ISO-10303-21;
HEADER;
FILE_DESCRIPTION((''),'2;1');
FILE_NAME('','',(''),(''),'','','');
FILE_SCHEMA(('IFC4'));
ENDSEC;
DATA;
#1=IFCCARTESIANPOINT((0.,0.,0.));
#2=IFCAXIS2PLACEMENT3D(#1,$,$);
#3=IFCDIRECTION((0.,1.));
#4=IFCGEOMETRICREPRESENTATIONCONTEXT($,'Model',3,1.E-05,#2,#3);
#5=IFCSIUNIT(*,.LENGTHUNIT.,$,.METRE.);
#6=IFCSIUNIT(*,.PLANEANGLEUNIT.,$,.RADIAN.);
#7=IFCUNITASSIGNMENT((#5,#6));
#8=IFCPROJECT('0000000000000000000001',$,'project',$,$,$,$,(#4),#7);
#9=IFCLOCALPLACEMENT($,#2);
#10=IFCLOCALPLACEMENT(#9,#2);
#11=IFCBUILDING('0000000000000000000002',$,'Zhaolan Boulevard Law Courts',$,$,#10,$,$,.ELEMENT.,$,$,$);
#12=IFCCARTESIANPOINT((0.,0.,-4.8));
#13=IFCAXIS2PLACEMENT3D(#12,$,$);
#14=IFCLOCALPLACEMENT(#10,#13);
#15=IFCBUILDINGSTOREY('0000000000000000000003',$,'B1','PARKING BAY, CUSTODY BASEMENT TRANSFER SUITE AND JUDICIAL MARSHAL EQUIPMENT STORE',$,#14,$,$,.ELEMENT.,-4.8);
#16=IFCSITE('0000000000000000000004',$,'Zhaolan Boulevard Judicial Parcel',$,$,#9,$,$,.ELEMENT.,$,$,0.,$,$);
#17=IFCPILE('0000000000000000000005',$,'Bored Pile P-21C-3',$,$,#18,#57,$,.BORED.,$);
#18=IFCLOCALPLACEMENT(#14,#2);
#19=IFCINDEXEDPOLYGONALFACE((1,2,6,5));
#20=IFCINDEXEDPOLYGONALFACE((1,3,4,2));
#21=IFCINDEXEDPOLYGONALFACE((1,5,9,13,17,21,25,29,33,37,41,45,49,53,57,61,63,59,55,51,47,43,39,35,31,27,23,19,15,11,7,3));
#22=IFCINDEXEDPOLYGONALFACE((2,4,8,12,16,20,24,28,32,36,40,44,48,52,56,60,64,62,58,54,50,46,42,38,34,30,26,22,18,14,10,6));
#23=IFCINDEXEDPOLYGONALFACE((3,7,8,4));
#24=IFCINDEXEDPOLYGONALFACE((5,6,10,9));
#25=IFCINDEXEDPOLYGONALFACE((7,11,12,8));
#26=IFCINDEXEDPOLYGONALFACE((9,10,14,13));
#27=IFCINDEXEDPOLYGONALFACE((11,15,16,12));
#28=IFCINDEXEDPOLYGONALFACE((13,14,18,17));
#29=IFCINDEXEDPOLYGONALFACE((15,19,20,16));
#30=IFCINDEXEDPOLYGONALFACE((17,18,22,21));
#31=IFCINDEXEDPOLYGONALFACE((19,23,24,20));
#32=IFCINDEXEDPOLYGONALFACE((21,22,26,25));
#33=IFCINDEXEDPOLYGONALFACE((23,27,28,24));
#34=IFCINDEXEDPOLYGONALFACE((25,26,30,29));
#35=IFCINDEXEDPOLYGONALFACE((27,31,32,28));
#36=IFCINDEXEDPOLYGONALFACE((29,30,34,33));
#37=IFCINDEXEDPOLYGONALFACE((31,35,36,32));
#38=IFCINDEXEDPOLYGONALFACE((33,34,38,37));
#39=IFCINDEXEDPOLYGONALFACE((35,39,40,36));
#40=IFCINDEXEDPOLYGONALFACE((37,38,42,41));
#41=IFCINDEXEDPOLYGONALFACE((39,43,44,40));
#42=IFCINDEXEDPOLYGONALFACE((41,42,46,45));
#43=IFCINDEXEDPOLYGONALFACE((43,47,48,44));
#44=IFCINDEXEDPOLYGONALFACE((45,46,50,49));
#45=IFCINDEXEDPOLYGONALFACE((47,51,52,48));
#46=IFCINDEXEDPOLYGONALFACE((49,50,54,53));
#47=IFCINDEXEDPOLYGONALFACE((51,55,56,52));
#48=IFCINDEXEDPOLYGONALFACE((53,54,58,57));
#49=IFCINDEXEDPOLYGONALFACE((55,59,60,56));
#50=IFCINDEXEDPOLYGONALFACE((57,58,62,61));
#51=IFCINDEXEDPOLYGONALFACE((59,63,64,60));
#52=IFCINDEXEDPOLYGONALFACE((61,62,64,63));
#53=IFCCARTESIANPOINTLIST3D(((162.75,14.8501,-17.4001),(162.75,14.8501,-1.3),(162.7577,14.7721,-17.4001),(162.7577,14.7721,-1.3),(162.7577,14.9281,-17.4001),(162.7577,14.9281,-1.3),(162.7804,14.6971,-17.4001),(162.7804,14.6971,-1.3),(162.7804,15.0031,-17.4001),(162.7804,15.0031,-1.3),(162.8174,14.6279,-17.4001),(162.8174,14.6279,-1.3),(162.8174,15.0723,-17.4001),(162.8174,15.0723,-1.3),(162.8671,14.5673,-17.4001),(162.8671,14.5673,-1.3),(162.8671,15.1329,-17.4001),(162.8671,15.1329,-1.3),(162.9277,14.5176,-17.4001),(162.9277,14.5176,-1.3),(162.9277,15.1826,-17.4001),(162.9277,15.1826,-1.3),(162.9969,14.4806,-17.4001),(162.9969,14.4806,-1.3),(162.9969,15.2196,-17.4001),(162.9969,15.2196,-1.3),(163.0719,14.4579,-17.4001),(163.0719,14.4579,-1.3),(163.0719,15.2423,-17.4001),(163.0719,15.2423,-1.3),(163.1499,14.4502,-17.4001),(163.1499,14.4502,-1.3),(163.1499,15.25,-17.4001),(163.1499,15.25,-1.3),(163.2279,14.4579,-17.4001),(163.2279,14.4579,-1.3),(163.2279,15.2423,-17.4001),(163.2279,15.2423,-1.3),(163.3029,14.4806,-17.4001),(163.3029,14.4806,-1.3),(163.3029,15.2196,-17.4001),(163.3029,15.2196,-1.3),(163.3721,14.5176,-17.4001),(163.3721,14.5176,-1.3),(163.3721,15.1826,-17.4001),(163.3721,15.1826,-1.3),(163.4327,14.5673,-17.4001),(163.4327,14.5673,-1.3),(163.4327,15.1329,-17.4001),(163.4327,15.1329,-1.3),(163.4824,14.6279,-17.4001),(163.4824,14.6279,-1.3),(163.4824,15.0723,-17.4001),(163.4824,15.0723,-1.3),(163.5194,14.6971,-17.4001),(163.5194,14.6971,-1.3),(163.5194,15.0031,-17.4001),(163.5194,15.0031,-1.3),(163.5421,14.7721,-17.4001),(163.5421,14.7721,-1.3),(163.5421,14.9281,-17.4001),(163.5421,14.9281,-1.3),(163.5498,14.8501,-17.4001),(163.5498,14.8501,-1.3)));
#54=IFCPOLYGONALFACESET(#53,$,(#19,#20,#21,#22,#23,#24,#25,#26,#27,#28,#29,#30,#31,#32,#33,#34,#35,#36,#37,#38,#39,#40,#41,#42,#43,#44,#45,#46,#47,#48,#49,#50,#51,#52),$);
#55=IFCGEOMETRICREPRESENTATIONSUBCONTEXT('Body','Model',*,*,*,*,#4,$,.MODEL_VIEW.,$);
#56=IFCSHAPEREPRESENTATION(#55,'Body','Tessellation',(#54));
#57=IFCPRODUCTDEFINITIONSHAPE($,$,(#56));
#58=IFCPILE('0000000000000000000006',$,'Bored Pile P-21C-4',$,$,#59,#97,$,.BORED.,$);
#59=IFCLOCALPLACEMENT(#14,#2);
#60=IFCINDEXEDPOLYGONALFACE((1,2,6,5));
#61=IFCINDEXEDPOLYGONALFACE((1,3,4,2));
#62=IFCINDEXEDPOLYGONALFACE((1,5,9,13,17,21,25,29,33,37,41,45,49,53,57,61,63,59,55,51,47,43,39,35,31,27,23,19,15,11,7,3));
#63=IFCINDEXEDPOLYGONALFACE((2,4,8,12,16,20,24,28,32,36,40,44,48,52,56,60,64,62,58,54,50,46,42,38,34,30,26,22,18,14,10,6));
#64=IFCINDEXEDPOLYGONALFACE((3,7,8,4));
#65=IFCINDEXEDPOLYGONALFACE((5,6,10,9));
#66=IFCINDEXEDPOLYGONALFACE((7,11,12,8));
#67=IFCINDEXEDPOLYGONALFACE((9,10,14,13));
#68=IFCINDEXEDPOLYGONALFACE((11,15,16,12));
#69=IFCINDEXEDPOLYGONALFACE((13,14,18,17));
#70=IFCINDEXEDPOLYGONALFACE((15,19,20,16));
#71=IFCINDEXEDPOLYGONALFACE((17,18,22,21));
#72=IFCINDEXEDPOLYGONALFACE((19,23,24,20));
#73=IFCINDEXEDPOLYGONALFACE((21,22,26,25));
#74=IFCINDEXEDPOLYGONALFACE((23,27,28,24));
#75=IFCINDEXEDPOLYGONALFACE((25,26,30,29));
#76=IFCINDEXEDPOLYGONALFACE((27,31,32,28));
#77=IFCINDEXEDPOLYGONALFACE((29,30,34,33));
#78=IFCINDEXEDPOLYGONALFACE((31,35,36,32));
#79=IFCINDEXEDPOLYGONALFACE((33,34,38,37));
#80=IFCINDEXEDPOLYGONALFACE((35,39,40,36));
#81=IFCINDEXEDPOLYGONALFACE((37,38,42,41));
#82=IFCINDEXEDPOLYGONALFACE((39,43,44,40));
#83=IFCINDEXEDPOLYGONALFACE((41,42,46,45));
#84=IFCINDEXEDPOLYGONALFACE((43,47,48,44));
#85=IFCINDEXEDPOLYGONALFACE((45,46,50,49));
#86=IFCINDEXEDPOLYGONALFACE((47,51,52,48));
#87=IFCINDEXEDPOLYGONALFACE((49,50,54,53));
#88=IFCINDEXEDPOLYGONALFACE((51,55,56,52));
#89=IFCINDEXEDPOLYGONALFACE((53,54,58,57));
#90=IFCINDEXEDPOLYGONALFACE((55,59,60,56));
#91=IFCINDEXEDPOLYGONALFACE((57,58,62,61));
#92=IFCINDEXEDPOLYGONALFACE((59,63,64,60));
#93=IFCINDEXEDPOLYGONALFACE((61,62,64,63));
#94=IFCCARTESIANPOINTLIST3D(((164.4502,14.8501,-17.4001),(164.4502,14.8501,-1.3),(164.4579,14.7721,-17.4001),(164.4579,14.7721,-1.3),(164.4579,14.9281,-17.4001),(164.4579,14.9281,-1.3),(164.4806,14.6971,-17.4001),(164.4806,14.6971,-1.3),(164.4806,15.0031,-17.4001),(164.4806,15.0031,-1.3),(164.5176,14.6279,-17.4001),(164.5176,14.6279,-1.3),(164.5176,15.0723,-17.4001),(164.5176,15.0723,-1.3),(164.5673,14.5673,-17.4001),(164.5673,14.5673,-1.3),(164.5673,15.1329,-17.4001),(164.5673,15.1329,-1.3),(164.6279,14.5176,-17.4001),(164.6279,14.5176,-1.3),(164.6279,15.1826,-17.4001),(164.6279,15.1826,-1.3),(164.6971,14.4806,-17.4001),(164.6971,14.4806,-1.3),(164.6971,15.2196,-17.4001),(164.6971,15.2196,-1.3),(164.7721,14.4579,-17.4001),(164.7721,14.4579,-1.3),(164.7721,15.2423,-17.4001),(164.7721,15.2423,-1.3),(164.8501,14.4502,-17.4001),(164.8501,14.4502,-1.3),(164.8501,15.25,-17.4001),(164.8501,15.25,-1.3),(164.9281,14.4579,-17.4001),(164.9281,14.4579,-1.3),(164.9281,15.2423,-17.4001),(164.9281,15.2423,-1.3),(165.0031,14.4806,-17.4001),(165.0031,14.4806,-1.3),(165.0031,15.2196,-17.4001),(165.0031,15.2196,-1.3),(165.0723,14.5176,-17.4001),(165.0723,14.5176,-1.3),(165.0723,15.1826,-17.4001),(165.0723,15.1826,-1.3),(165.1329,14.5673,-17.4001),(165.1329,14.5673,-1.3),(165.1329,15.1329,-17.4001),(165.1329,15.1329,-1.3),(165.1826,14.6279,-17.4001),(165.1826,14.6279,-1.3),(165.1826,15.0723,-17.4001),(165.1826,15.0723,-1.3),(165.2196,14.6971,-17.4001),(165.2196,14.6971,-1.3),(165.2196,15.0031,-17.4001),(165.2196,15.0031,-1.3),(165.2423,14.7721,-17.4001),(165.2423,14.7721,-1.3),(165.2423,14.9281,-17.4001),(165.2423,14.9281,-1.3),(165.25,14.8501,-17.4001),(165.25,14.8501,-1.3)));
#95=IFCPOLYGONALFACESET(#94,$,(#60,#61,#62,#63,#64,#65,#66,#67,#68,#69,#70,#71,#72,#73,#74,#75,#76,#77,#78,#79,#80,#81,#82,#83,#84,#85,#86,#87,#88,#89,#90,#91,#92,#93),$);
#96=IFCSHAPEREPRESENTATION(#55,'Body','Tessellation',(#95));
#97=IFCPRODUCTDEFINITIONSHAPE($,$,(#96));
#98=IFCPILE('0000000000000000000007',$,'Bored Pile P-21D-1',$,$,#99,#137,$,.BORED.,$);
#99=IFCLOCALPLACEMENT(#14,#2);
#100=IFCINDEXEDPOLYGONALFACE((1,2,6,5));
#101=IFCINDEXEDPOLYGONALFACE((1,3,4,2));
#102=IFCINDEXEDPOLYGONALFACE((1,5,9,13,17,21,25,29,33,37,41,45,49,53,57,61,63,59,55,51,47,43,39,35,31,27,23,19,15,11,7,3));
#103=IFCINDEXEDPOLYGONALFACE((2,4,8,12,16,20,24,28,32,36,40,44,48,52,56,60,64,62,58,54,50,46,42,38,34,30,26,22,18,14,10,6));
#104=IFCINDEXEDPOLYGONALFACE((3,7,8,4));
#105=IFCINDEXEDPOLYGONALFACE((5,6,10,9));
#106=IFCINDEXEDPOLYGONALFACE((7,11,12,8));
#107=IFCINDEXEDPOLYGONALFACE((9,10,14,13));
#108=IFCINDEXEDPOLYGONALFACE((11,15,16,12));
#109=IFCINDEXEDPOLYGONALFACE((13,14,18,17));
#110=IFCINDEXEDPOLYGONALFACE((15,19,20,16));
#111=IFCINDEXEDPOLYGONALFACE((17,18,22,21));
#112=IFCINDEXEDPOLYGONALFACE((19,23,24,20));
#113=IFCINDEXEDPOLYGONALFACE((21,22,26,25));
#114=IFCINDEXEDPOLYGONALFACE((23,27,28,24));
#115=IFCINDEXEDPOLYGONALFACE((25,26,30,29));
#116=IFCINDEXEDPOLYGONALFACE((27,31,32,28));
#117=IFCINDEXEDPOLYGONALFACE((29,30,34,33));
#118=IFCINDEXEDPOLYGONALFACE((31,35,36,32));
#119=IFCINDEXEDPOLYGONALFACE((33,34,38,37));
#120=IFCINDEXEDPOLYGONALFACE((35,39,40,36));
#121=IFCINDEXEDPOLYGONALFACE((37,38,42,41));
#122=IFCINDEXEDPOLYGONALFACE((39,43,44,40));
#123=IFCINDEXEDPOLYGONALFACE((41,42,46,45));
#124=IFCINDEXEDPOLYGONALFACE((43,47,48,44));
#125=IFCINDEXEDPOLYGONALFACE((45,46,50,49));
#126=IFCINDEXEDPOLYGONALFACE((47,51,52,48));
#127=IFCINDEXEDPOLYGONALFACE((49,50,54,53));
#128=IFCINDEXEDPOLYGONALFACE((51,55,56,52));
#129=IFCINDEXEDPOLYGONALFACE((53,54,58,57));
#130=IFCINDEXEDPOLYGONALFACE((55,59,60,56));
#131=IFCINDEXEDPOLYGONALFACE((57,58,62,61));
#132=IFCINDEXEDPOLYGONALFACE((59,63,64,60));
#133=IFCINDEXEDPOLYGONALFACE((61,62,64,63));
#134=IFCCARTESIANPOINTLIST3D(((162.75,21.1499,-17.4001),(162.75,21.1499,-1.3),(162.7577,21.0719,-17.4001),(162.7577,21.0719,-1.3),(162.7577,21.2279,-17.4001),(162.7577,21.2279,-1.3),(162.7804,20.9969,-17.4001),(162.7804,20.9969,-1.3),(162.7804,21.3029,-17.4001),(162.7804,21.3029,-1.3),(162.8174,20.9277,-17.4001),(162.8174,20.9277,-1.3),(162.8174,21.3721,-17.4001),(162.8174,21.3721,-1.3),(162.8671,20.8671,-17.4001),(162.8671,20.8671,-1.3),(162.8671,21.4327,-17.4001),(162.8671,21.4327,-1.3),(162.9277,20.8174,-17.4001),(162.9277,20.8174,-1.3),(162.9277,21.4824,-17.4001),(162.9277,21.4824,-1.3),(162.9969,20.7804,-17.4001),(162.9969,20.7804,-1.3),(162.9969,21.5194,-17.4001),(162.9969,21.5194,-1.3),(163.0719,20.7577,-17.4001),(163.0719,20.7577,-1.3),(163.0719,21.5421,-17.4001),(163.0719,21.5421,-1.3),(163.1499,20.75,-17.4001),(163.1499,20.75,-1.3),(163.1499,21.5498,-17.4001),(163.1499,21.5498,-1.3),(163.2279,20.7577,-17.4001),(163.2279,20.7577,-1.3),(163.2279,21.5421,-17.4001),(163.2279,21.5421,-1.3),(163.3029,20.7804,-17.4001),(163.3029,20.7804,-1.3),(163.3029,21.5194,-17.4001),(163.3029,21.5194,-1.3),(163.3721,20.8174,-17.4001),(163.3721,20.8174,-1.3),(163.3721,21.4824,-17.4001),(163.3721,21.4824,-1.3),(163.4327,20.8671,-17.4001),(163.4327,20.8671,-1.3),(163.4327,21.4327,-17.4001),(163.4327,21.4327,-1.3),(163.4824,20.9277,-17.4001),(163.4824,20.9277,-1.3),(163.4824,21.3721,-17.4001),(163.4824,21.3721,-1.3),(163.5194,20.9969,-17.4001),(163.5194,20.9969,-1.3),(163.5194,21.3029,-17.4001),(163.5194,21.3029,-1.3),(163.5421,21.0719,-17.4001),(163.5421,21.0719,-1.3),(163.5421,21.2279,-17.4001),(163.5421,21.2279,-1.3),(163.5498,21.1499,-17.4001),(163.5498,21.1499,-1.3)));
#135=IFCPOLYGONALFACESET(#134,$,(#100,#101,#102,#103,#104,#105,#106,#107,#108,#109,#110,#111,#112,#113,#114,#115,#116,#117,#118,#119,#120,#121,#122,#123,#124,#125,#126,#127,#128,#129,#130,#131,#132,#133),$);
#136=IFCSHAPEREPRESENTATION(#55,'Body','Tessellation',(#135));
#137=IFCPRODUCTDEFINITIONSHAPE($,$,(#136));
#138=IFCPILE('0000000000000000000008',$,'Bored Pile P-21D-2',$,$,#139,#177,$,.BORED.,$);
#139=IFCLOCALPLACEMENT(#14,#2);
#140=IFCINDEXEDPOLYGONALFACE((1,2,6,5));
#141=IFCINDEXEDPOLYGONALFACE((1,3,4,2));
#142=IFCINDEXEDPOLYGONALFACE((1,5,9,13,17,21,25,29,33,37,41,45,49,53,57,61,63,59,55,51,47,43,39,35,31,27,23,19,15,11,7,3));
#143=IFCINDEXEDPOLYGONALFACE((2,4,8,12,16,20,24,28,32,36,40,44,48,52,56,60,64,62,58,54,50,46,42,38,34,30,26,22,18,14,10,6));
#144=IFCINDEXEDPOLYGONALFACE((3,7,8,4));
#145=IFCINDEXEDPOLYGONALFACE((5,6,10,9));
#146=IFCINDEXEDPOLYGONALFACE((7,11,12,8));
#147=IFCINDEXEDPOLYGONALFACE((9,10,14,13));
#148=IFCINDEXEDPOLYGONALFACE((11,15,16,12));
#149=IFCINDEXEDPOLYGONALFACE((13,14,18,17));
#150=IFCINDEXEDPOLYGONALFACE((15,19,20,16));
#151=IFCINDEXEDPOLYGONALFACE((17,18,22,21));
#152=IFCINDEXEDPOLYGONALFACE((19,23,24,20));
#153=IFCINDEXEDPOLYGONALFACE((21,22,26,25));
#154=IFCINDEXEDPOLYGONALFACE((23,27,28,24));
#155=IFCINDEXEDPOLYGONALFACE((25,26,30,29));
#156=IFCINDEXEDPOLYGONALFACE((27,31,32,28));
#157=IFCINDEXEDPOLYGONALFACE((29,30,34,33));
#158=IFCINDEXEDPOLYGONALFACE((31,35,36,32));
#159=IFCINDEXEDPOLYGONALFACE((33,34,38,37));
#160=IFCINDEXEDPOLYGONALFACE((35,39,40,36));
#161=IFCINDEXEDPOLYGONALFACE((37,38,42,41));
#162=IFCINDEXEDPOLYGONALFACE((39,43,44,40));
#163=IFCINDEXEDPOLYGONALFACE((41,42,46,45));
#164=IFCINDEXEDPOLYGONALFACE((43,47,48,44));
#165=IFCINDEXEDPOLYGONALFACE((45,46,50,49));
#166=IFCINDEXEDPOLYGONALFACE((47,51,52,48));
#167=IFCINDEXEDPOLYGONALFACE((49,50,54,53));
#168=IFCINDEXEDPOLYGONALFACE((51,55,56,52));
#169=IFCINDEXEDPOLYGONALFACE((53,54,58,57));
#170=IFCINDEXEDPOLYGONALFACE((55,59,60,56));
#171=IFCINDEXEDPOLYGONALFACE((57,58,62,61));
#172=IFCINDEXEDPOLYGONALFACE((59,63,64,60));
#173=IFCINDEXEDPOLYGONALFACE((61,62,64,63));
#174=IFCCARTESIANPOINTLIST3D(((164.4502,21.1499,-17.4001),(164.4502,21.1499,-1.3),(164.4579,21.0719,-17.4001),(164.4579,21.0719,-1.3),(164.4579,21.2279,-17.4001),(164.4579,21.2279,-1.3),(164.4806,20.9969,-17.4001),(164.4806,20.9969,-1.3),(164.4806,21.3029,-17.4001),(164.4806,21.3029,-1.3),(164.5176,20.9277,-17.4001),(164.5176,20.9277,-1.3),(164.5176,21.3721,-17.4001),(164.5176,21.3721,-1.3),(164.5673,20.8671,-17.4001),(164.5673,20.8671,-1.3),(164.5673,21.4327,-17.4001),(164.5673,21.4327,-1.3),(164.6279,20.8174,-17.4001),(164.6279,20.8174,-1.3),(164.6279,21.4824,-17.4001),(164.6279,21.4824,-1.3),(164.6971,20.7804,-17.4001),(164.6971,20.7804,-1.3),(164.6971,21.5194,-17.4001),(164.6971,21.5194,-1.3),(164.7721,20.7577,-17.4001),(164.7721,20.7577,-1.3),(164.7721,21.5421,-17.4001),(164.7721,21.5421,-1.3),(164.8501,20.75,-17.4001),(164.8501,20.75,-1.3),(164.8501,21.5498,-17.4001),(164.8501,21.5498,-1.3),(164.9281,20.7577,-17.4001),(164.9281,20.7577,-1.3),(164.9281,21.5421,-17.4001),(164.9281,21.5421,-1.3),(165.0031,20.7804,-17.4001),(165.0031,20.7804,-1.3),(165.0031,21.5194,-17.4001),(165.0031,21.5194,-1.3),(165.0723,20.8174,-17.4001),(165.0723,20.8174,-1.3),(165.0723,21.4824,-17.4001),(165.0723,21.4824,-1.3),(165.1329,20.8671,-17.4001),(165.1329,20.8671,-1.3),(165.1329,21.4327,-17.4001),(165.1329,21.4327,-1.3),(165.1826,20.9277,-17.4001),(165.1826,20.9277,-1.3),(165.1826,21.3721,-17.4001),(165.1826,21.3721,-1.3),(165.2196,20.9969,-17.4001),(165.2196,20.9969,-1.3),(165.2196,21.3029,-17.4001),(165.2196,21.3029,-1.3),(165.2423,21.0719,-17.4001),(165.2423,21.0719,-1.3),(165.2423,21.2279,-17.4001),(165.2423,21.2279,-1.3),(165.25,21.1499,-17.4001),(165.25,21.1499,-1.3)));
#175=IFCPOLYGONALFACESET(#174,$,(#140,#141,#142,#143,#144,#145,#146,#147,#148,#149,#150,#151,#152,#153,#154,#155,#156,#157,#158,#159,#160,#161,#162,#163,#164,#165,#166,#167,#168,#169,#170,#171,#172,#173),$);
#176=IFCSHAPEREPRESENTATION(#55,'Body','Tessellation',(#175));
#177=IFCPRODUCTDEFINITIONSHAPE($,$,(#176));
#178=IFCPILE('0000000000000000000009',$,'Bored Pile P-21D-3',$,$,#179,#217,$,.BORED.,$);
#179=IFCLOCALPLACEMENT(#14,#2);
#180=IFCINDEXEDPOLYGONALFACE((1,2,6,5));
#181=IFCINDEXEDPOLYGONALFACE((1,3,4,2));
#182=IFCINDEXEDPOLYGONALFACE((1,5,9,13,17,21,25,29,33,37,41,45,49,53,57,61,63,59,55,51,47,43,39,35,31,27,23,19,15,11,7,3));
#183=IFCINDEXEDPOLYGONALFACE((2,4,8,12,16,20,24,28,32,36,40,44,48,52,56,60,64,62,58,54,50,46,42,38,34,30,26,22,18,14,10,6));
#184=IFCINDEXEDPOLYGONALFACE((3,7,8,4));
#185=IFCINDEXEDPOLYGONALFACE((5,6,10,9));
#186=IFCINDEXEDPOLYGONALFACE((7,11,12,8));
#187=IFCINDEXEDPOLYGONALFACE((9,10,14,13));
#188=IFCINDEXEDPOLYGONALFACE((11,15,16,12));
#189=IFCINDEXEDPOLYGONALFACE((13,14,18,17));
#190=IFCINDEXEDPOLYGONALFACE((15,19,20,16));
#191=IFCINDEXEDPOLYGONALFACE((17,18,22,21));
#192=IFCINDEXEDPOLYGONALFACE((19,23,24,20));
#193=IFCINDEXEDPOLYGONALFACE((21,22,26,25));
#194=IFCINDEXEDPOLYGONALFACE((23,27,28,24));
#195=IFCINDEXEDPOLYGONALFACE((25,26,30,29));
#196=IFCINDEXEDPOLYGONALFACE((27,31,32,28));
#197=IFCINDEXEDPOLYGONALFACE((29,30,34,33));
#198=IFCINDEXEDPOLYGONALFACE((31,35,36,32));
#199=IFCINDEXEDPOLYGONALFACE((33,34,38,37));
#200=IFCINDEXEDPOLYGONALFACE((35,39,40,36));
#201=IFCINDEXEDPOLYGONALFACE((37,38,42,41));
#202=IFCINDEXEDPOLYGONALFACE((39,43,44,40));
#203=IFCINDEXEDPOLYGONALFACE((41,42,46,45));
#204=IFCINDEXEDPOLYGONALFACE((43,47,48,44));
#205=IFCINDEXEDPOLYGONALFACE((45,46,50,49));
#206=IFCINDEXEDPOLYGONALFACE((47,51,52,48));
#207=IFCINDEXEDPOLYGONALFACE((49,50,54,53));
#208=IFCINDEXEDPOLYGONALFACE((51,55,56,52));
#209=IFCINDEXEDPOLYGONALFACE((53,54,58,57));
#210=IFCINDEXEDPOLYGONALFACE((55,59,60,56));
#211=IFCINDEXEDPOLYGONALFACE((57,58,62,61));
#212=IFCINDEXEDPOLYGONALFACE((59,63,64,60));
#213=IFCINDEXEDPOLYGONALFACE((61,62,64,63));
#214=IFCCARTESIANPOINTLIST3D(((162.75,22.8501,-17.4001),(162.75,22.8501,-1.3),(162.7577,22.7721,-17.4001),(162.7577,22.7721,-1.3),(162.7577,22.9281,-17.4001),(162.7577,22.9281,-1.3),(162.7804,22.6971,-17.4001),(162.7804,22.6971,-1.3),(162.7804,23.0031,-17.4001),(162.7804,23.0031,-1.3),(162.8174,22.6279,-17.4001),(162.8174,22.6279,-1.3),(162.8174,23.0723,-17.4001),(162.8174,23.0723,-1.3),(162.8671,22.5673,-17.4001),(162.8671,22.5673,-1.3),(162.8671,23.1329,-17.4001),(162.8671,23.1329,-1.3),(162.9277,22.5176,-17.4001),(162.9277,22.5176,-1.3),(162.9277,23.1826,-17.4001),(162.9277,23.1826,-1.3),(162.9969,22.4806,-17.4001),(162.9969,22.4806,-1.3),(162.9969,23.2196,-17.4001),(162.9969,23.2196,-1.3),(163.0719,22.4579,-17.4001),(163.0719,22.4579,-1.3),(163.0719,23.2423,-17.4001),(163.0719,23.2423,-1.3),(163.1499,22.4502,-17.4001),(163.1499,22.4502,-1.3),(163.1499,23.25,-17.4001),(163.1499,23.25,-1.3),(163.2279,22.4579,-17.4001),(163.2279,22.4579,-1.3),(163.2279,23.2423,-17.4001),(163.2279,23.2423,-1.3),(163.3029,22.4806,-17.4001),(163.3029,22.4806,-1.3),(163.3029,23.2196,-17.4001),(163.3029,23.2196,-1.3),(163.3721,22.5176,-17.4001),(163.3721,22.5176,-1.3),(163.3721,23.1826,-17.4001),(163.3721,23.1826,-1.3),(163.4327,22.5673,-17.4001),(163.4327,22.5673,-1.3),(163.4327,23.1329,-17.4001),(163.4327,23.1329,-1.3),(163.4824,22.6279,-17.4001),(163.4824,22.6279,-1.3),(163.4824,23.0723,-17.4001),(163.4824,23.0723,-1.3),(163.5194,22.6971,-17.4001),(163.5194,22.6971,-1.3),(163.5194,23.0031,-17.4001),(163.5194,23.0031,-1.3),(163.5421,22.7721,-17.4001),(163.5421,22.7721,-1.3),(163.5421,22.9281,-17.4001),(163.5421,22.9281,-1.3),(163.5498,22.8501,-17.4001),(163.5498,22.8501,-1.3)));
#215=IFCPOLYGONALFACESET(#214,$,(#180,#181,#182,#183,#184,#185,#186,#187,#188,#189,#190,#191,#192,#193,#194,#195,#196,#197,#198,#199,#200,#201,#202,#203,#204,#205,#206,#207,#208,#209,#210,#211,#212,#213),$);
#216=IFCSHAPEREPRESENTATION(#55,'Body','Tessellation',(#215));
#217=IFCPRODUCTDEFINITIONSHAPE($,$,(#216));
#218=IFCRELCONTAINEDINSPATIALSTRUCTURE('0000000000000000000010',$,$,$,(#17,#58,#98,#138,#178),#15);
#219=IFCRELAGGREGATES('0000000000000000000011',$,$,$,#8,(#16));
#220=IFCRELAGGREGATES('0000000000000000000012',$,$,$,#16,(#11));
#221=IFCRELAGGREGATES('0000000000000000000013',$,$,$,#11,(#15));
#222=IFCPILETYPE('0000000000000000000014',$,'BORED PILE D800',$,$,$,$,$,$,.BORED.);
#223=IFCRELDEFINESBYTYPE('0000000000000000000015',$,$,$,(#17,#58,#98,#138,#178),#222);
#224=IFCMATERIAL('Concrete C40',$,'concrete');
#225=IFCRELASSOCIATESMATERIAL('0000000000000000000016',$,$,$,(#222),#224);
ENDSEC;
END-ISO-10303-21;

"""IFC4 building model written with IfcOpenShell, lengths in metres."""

from ifc_helpers import new_model, si_unit, direction, frame, origin, origin_2d, place, context, subcontext, project, spatial, circle, extrude, material, material_profile, profile_set, type_object, element, save


model = new_model("IFC4")

# Units and contexts
model_context = context("Model", 3, precision=1e-05, world=origin(), true_north=direction((0.0, 1.0)))
body_context = subcontext(model_context, "Body", "Model", "MODEL_VIEW")
ifc_project = project(units=[si_unit("LENGTHUNIT", "METRE"), si_unit("PLANEANGLEUNIT", "RADIAN")], contexts=[model_context])

# Site, building, storey
site_placement = place(None, origin())
site = spatial("IfcSite", under=ifc_project, at=site_placement, Name="Zhaolan Boulevard Judicial Parcel", CompositionType="ELEMENT", RefElevation=0.0)
building_placement = place(site_placement, origin())
building = spatial("IfcBuilding", under=site, at=building_placement, Name="Zhaolan Boulevard Law Courts", CompositionType="ELEMENT")
storey_placement = place(building_placement, frame((0.0, 0.0, -4.8)))
storey = spatial("IfcBuildingStorey", under=building, at=storey_placement, Name="B1", Description="PARKING BAY, CUSTODY BASEMENT TRANSFER SUITE AND JUDICIAL MARSHAL EQUIPMENT STORE", CompositionType="ELEMENT", Elevation=-4.8)

# Piles
ifc_material_1 = material(Name="Concrete C40", Category="concrete")
ifc_material_profile_1 = material_profile(ifc_material_1, circle(Radius=0.3999, at=origin_2d()), Name="PILE-D800")
ifc_profile_set_1 = profile_set([ifc_material_profile_1], Name="Concrete C40")
pile_type = type_object("IfcPileType", Name="BORED PILE D800", PredefinedType="BORED", material=ifc_profile_set_1)
for number, where, z_axis, x_axis, name in (
    (1, (163.1499, 14.8501, -1.3), (0.0, 0.0, -1.0), (1.0, 0.0, 0.0), "Bored Pile P-21C-3"),
    (2, (164.8501, 14.8501, -1.3), (0.0, 0.0, -1.0), (1.0, 0.0, 0.0), "Bored Pile P-21C-4"),
    (3, (163.1499, 21.1499, -1.3), (0.0, 0.0, -1.0), (1.0, 0.0, 0.0), "Bored Pile P-21D-1"),
    (4, (164.8501, 21.1499, -1.3), (0.0, 0.0, -1.0), (1.0, 0.0, 0.0), "Bored Pile P-21D-2"),
    (5, (163.1499, 22.8501, -1.3), (0.0, 0.0, -1.0), (1.0, 0.0, 0.0), "Bored Pile P-21D-3"),
):
    element("IfcPile", number, at=place(storey_placement, frame(where, z_axis=z_axis, x_axis=x_axis)), inside=storey, type_object=pile_type, Name=name, PredefinedType="BORED", context=body_context, shape_type="SweptSolid", body=[
        extrude(circle(Radius=0.3999, at=origin_2d()), origin(), (0.0, 0.0, 1.0), 16.1001),
    ])

save(model, "model.ifc")
